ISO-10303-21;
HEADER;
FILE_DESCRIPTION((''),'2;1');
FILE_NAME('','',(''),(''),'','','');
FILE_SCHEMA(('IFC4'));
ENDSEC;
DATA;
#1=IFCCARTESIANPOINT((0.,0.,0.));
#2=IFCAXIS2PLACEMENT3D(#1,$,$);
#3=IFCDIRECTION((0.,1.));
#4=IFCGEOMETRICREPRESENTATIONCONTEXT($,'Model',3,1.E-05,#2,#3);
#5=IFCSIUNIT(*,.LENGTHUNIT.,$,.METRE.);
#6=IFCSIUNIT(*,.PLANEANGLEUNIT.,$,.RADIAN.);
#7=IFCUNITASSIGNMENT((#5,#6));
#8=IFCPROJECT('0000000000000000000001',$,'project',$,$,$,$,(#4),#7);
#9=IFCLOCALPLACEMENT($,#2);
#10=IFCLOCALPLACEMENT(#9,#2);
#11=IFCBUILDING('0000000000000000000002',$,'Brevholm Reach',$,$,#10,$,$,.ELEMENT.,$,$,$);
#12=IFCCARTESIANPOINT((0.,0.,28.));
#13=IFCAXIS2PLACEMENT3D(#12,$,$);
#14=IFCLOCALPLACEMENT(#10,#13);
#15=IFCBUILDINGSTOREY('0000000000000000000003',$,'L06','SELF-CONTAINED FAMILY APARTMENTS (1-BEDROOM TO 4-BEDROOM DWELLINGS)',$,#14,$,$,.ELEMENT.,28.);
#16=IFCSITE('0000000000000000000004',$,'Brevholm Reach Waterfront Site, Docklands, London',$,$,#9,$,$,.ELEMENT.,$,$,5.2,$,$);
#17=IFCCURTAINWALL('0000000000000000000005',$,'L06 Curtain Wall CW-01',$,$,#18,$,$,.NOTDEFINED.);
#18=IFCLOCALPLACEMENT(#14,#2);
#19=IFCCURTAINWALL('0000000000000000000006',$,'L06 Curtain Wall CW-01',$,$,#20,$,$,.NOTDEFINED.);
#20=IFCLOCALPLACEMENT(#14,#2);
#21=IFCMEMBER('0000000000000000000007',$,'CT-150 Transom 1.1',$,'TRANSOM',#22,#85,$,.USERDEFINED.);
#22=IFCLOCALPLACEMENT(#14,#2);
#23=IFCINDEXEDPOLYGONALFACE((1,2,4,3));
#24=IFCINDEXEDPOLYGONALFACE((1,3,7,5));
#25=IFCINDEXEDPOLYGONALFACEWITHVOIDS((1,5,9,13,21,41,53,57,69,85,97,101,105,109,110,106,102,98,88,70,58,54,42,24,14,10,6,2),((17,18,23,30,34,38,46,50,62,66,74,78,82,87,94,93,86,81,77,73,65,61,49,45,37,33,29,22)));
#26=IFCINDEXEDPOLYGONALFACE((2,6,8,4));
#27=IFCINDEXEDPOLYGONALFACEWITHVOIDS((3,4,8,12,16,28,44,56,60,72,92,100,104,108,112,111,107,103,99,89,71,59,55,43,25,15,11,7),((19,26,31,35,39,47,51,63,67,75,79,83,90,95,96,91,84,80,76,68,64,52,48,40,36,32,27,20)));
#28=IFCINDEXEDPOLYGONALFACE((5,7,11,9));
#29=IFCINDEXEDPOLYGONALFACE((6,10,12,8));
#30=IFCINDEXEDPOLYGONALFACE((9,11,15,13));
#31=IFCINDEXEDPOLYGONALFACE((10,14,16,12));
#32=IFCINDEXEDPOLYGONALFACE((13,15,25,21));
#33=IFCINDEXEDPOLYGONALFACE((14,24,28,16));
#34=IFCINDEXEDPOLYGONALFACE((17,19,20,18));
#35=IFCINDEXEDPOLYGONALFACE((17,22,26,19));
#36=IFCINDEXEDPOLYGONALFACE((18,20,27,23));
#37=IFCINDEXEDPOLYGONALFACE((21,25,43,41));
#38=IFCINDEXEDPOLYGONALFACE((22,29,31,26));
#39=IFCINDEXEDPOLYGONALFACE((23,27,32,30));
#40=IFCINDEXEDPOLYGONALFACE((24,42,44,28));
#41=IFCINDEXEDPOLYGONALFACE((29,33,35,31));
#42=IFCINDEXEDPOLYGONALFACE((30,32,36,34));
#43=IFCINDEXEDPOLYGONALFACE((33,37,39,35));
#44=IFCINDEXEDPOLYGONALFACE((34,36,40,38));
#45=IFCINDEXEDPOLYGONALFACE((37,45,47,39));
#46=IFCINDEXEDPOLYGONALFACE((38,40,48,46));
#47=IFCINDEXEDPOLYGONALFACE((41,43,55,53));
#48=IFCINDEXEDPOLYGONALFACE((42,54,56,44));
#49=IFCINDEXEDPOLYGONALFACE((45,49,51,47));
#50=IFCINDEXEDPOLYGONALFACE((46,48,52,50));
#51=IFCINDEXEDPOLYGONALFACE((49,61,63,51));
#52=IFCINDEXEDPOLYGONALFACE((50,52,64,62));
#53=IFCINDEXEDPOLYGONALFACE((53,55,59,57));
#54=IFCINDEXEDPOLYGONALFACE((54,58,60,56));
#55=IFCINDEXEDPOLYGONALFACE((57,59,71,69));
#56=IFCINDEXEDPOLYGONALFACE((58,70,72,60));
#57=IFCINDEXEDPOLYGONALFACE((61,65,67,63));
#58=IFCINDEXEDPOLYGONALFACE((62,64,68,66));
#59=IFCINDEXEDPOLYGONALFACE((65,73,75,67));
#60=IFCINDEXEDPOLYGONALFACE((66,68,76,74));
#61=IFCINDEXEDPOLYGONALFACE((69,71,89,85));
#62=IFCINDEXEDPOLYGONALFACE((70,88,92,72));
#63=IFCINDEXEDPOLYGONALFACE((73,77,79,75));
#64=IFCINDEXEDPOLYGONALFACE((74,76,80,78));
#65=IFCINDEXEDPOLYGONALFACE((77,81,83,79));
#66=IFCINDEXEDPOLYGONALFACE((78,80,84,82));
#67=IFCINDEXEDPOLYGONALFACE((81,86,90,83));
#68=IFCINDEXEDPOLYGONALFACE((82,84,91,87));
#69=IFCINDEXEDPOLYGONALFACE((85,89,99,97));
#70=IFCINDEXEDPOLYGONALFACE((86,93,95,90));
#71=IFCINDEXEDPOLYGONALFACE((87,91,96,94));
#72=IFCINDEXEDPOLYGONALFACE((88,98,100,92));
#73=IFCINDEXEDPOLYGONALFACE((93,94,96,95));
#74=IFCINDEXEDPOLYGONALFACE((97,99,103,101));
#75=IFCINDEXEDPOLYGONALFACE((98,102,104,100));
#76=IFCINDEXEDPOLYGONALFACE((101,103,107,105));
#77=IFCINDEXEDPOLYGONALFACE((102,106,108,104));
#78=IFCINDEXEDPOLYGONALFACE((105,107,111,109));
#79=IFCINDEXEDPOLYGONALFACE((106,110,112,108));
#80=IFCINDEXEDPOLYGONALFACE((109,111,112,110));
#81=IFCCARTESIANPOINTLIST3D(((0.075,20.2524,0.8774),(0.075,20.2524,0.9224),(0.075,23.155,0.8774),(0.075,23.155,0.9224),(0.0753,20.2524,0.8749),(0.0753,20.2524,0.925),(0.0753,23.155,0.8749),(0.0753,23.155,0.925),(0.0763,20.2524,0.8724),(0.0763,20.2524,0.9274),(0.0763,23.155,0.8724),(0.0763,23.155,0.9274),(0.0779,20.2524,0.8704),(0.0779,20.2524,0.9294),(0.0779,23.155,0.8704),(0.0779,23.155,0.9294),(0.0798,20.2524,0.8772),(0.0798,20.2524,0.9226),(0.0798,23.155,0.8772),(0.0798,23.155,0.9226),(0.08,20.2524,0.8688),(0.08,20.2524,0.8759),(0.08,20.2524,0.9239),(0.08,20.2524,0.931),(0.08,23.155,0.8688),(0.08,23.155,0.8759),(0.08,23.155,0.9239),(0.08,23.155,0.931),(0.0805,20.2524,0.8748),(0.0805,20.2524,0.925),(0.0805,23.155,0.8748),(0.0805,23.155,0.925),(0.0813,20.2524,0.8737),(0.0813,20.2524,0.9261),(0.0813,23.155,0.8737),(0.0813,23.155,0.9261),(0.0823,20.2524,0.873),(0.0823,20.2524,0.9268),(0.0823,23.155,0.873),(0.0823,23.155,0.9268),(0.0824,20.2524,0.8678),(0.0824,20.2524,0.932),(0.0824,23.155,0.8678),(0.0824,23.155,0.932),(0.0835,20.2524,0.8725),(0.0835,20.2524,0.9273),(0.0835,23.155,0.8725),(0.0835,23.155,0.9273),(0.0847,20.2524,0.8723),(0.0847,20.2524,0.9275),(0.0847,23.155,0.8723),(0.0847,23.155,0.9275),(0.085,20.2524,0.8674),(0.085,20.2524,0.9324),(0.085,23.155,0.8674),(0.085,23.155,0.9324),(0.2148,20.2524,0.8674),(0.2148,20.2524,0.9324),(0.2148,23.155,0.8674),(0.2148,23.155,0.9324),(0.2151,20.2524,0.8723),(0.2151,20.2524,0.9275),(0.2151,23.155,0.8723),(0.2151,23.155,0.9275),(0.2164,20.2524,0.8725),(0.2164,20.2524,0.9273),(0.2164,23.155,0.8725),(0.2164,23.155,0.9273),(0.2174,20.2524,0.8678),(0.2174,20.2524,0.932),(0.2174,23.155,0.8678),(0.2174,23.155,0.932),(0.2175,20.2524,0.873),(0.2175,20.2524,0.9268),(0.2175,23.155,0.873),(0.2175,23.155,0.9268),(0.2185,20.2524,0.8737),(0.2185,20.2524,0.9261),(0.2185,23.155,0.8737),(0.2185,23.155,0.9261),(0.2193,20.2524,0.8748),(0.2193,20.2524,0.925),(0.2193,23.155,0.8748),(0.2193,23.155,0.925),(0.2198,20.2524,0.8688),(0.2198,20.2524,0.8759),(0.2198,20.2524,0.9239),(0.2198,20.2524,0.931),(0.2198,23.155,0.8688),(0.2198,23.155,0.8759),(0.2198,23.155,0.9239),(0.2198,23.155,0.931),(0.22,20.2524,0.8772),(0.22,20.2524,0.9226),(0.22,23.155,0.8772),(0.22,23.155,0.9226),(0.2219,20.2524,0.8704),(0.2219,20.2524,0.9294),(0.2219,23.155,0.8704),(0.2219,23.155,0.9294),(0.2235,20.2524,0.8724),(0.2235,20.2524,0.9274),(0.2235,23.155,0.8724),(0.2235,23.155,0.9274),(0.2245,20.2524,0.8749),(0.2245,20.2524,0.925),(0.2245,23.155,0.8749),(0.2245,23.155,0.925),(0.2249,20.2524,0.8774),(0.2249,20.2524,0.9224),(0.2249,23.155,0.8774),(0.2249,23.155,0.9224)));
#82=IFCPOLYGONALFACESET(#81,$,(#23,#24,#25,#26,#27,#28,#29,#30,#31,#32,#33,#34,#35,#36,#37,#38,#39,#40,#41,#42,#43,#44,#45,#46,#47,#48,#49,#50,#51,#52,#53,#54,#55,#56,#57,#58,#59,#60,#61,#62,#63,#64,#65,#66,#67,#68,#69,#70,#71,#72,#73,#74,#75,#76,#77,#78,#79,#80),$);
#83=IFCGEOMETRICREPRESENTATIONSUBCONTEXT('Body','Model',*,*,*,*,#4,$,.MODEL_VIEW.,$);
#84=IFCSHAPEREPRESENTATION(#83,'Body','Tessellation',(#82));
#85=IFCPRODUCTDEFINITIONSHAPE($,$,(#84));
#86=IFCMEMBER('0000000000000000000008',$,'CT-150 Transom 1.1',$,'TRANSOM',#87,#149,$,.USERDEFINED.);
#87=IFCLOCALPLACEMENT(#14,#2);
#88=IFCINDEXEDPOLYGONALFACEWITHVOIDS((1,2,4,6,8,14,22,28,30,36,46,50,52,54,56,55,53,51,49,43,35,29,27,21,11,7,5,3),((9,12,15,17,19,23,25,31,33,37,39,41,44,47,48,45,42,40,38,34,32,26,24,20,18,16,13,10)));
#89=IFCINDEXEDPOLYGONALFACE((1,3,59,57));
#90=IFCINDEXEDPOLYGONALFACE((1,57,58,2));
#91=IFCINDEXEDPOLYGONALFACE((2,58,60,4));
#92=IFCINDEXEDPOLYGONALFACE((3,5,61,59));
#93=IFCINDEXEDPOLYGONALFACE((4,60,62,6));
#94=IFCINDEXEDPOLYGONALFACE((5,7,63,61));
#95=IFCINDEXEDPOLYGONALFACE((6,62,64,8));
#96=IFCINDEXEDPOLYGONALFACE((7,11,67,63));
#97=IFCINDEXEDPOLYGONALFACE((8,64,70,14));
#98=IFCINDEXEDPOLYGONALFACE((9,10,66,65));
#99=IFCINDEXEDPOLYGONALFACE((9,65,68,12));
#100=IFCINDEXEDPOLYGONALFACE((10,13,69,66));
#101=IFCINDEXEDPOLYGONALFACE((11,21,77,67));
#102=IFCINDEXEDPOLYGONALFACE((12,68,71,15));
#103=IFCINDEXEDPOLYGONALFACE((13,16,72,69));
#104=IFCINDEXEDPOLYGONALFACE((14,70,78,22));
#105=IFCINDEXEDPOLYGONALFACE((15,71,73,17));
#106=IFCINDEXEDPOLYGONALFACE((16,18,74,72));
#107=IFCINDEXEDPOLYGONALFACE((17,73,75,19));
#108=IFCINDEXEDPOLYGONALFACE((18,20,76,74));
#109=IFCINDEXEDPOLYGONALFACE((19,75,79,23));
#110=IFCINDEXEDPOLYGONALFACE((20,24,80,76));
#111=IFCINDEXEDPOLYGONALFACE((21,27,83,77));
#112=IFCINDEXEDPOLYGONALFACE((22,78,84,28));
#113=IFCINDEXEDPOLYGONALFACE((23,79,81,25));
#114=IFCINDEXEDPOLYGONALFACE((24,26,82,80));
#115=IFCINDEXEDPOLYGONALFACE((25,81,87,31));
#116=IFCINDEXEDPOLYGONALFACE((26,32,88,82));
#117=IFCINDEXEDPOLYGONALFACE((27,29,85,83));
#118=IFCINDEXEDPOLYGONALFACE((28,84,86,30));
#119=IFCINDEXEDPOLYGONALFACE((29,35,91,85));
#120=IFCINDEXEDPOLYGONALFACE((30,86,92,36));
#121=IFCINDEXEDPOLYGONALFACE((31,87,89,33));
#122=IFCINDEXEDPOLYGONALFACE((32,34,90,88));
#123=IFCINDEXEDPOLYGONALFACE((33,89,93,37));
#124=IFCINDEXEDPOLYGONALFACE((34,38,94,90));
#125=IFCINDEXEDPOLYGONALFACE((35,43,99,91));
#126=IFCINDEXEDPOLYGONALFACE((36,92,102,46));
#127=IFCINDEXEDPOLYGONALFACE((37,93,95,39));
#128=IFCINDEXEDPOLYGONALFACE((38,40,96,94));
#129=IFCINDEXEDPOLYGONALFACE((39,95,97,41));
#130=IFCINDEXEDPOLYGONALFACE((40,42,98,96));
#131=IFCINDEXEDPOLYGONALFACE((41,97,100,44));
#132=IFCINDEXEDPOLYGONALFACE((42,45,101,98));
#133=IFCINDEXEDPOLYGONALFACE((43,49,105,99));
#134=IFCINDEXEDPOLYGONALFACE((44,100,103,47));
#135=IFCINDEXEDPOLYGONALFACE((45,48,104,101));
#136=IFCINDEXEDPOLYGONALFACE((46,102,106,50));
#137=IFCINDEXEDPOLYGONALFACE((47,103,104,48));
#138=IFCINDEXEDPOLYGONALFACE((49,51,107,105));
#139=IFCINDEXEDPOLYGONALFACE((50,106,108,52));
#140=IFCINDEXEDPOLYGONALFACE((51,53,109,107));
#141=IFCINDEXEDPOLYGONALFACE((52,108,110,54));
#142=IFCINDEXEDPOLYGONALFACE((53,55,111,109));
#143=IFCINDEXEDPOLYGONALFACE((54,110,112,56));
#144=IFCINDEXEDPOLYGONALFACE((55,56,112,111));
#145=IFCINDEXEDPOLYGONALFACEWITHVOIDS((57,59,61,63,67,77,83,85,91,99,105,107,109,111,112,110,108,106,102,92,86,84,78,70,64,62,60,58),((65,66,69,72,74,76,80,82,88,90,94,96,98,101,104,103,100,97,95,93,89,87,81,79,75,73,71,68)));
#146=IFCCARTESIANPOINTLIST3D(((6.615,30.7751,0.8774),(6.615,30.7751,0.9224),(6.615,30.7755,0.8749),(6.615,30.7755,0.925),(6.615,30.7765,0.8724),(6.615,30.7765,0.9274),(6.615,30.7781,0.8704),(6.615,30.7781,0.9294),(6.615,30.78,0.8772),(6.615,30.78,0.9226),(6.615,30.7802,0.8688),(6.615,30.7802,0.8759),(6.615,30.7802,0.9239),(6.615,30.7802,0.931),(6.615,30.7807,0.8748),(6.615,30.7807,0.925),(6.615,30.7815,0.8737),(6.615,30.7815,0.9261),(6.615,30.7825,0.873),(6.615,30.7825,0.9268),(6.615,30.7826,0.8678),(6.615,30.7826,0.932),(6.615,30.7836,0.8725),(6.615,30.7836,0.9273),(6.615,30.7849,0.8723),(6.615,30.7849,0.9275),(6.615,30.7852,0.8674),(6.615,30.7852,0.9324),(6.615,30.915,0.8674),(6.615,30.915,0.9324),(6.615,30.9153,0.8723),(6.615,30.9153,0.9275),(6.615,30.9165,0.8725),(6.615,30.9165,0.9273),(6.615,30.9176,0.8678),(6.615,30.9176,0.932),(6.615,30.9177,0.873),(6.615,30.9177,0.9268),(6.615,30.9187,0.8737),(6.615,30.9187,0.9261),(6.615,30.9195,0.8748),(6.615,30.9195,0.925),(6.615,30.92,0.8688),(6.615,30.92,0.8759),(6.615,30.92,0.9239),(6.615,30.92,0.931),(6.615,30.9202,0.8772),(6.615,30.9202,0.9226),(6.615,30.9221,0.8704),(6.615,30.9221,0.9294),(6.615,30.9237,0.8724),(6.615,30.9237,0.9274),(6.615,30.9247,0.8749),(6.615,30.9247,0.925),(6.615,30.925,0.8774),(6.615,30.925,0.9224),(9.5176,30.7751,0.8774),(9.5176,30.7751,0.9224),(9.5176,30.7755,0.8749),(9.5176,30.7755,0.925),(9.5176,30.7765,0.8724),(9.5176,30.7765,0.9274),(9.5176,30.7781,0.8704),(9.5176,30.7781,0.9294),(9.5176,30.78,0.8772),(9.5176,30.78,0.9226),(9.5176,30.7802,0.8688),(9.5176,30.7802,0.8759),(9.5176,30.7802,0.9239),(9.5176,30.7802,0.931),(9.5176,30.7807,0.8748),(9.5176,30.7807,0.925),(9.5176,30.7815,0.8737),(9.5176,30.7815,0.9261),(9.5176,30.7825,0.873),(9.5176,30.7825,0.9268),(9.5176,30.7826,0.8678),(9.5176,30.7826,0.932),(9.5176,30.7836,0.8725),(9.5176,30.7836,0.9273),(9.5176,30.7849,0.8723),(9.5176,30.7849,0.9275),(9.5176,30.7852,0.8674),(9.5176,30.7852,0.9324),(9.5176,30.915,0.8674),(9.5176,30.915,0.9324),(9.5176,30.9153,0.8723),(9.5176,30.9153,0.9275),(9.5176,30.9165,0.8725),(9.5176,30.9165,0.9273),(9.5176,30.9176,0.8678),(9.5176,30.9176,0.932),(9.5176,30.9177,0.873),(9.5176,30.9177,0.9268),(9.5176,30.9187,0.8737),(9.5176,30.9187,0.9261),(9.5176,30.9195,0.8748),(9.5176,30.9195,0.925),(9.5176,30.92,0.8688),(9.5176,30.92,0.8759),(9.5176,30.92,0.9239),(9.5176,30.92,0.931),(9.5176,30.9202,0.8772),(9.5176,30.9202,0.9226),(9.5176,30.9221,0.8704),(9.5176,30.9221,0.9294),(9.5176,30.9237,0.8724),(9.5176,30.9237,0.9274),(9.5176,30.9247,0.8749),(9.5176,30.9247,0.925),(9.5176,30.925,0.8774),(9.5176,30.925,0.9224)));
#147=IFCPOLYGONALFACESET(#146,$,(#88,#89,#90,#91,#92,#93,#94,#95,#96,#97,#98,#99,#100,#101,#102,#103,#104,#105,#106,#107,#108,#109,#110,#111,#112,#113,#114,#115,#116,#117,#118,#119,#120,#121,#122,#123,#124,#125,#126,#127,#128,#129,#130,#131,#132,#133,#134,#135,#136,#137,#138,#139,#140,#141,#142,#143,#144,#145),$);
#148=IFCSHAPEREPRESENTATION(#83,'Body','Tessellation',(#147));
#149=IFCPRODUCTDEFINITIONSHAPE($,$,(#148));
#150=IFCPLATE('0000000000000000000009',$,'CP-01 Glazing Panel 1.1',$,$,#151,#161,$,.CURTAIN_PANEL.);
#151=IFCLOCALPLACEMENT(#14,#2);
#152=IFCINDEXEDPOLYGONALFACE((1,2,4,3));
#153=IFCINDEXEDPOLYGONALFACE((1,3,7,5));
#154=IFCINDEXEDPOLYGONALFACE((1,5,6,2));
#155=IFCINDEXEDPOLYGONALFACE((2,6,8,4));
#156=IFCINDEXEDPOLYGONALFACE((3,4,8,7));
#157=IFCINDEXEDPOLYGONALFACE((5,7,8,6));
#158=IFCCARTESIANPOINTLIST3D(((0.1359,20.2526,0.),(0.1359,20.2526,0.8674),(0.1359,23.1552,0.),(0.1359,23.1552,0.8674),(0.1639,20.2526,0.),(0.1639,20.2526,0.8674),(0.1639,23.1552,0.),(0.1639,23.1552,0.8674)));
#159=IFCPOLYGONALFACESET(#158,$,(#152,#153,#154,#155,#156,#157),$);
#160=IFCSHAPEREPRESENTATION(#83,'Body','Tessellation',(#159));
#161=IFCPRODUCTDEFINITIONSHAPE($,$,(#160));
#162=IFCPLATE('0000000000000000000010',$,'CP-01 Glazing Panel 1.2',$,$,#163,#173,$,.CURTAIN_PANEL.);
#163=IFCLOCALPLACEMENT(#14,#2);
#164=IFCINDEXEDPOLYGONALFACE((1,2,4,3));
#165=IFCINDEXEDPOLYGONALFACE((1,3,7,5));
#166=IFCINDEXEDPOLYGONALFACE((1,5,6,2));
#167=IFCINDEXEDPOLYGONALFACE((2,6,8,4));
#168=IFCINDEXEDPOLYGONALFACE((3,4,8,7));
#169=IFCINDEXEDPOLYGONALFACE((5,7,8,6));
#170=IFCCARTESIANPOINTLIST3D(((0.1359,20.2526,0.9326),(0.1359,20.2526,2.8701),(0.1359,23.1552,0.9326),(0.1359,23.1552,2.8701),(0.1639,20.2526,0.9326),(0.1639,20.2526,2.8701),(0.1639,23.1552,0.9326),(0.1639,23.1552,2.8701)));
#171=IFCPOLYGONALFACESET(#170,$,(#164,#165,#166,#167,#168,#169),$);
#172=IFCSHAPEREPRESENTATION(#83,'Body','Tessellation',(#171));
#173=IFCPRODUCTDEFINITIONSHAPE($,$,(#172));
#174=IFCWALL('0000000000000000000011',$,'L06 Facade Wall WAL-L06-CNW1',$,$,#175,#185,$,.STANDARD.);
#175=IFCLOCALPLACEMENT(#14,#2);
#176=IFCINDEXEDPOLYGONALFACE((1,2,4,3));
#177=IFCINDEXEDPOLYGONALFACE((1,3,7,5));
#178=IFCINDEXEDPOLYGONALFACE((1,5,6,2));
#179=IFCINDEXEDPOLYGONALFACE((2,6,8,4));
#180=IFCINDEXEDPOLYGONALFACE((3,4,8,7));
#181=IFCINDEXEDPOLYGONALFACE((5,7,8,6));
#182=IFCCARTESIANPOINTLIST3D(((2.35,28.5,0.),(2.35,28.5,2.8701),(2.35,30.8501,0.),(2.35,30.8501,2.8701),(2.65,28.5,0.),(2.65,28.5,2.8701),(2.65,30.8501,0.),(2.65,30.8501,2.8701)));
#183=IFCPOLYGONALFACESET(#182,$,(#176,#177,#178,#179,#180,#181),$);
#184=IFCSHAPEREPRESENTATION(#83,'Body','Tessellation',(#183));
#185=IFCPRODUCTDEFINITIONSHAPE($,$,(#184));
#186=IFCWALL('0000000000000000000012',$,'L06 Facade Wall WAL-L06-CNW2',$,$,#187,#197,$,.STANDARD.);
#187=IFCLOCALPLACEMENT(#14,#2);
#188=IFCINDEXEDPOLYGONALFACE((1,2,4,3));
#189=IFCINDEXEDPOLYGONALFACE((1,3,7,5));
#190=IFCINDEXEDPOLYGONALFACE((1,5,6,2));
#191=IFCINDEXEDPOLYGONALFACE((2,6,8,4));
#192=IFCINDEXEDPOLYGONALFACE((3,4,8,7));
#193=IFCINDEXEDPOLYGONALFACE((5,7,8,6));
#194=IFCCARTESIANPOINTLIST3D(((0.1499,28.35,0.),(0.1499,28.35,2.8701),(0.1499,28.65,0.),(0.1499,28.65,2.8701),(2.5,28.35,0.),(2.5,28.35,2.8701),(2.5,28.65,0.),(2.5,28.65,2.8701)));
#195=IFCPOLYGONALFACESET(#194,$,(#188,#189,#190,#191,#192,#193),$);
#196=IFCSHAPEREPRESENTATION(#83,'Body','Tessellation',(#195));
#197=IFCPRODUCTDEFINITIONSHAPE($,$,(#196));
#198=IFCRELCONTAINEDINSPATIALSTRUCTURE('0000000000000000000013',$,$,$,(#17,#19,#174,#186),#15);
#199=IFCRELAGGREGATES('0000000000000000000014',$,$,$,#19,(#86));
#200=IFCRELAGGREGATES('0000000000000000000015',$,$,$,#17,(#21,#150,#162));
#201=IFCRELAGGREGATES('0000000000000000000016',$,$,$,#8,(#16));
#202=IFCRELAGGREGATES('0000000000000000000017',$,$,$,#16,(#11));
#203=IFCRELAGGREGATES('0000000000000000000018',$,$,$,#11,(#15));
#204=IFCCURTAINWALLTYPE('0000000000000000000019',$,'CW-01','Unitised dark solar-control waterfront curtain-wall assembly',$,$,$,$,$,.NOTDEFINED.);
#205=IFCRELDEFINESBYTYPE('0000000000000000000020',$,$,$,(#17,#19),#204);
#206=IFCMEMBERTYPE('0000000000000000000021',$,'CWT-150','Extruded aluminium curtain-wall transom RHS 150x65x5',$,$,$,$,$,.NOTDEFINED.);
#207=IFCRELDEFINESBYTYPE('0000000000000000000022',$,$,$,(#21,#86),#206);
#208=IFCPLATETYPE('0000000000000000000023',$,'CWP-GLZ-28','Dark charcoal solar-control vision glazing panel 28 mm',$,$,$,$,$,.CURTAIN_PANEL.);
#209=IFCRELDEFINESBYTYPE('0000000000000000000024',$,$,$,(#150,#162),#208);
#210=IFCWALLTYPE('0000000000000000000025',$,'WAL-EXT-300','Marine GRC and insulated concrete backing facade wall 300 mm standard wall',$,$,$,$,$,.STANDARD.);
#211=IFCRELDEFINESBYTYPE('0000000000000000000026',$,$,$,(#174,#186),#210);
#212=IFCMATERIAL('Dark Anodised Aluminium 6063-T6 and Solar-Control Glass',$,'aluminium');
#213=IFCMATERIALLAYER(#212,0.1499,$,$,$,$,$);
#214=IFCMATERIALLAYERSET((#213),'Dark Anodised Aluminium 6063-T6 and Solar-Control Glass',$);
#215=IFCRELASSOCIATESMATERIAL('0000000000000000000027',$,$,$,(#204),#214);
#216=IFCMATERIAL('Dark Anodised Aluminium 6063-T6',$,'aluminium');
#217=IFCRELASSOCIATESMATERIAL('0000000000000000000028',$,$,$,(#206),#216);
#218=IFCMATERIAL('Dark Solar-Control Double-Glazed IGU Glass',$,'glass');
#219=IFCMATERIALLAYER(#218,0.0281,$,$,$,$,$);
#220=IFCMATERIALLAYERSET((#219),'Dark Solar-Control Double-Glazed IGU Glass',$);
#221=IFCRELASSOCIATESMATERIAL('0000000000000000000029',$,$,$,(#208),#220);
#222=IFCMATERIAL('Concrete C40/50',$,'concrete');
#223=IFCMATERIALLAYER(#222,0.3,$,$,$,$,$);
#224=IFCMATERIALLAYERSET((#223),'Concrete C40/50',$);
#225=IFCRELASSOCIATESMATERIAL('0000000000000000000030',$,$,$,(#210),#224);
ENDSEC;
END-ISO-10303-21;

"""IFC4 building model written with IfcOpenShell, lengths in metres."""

from ifc_helpers import new_model, si_unit, direction, frame, frame_2d, origin, origin_2d, place, context, subcontext, project, spatial, rectangle, hollow_rectangle, extrude, material, layer, layer_set, material_profile, profile_set, type_object, element, aggregate, save


model = new_model("IFC4")

# Units and contexts
model_context = context("Model", 3, precision=1e-05, world=origin(), true_north=direction((0.0, 1.0)))
body_context = subcontext(model_context, "Body", "Model", "MODEL_VIEW")
ifc_project = project(units=[si_unit("LENGTHUNIT", "METRE"), si_unit("PLANEANGLEUNIT", "RADIAN")], contexts=[model_context])

# Site, building, storey
site_placement = place(None, origin())
site = spatial("IfcSite", under=ifc_project, at=site_placement, Name="Brevholm Reach Waterfront Site, Docklands, London", CompositionType="ELEMENT", RefElevation=5.2)
building_placement = place(site_placement, origin())
building = spatial("IfcBuilding", under=site, at=building_placement, Name="Brevholm Reach", CompositionType="ELEMENT")
storey_placement = place(building_placement, frame((0.0, 0.0, 28.0)))
storey = spatial("IfcBuildingStorey", under=building, at=storey_placement, Name="L06", Description="SELF-CONTAINED FAMILY APARTMENTS (1-BEDROOM TO 4-BEDROOM DWELLINGS)", CompositionType="ELEMENT", Elevation=28.0)

# Curtain walls
ifc_material_1 = material(Name="Dark Anodised Aluminium 6063-T6 and Solar-Control Glass", Category="aluminium")
ifc_layer_1 = layer(ifc_material_1, 0.1499)
ifc_layer_set_1 = layer_set([ifc_layer_1], Name="Dark Anodised Aluminium 6063-T6 and Solar-Control Glass")
curtain_wall_type = type_object("IfcCurtainWallType", Name="CW-01", Description="Unitised dark solar-control waterfront curtain-wall assembly", PredefinedType="NOTDEFINED", material=ifc_layer_set_1)
curtain_wall_1_placement = place(storey_placement, origin())
curtain_wall_1 = element("IfcCurtainWall", 1, at=curtain_wall_1_placement, inside=storey, type_object=curtain_wall_type, Name="L06 Curtain Wall CW-01", PredefinedType="NOTDEFINED")
curtain_wall_2_placement = place(storey_placement, origin())
curtain_wall_2 = element("IfcCurtainWall", 2, at=curtain_wall_2_placement, inside=storey, type_object=curtain_wall_type, Name="L06 Curtain Wall CW-01", PredefinedType="NOTDEFINED")

# Members
ifc_material_2 = material(Name="Dark Anodised Aluminium 6063-T6", Category="aluminium")
ifc_material_profile_1 = material_profile(ifc_material_2, hollow_rectangle(XDim=0.0649, YDim=0.1499, WallThickness=0.0049, InnerFilletRadius=0.0049, OuterFilletRadius=0.01, at=origin_2d()), Name="RHS 150x65x5")
ifc_profile_set_1 = profile_set([ifc_material_profile_1], Name="Dark Anodised Aluminium 6063-T6")
member_type_1 = type_object("IfcMemberType", Name="CWT-150", Description="Extruded aluminium curtain-wall transom RHS 150x65x5", PredefinedType="NOTDEFINED", material=ifc_profile_set_1)
member_1_placement = place(storey_placement, frame((0.1499, 23.155, 0.8999), z_axis=(0.0, -1.0, 0.0), x_axis=(0.0, 0.0, 1.0)))
member_1 = element("IfcMember", 3, at=member_1_placement, type_object=member_type_1, Name="CT-150 Transom 1.1", ObjectType="TRANSOM", PredefinedType="USERDEFINED", context=body_context, shape_type="SweptSolid", body=[
    extrude(hollow_rectangle(XDim=0.0649, YDim=0.1499, WallThickness=0.0049, InnerFilletRadius=0.0049, OuterFilletRadius=0.01, at=origin_2d()), origin(), (0.0, 0.0, 1.0), 2.9026),
])
member_2_placement = place(storey_placement, frame((6.615, 30.8501, 0.8999), z_axis=(1.0, 0.0, 0.0), x_axis=(0.0, 0.0, 1.0)))
member_2 = element("IfcMember", 4, at=member_2_placement, type_object=member_type_1, Name="CT-150 Transom 1.1", ObjectType="TRANSOM", PredefinedType="USERDEFINED", context=body_context, shape_type="SweptSolid", body=[
    extrude(hollow_rectangle(XDim=0.0649, YDim=0.1499, WallThickness=0.0049, InnerFilletRadius=0.0049, OuterFilletRadius=0.01, at=origin_2d()), origin(), (0.0, 0.0, 1.0), 2.9026),
])
aggregate(curtain_wall_2, [member_2])

# Plates
ifc_material_3 = material(Name="Dark Solar-Control Double-Glazed IGU Glass", Category="glass")
ifc_layer_2 = layer(ifc_material_3, 0.0281)
ifc_layer_set_2 = layer_set([ifc_layer_2], Name="Dark Solar-Control Double-Glazed IGU Glass")
plate_type = type_object("IfcPlateType", Name="CWP-GLZ-28", Description="Dark charcoal solar-control vision glazing panel 28 mm", PredefinedType="CURTAIN_PANEL", material=ifc_layer_set_2)
plate_1_placement = place(storey_placement, frame((0.1499, 21.7039, 0.0), z_axis=(0.0, 0.0, 1.0), x_axis=(0.0, -1.0, 0.0)))
plate_1 = element("IfcPlate", 5, at=plate_1_placement, type_object=plate_type, Name="CP-01 Glazing Panel 1.1", PredefinedType="CURTAIN_PANEL", context=body_context, shape_type="SweptSolid", body=[
    extrude(rectangle(XDim=2.9026, YDim=0.0281, at=origin_2d()), origin(), (0.0, 0.0, 1.0), 0.8674),
])
plate_2_placement = place(storey_placement, frame((0.1499, 21.7039, 0.9326), z_axis=(0.0, 0.0, 1.0), x_axis=(0.0, -1.0, 0.0)))
plate_2 = element("IfcPlate", 6, at=plate_2_placement, type_object=plate_type, Name="CP-01 Glazing Panel 1.2", PredefinedType="CURTAIN_PANEL", context=body_context, shape_type="SweptSolid", body=[
    extrude(rectangle(XDim=2.9026, YDim=0.0281, at=origin_2d()), origin(), (0.0, 0.0, 1.0), 1.9375),
])
aggregate(curtain_wall_1, [member_1, plate_1, plate_2])

# Walls
ifc_material_4 = material(Name="Concrete C40/50", Category="concrete")
ifc_layer_3 = layer(ifc_material_4, 0.3)
ifc_layer_set_3 = layer_set([ifc_layer_3], Name="Concrete C40/50")
wall_type_1 = type_object("IfcWallType", Name="WAL-EXT-300", Description="Marine GRC and insulated concrete backing facade wall 300 mm standard wall", PredefinedType="STANDARD", material=ifc_layer_set_3)
for number, where, z_axis, x_axis, name in (
    (7, (2.5, 30.8501, 0.0), (0.0, 0.0, 1.0), (0.0, -1.0, 0.0), "L06 Facade Wall WAL-L06-CNW1"),
    (8, (2.5, 28.5, 0.0), (0.0, 0.0, 1.0), (-1.0, 0.0, 0.0), "L06 Facade Wall WAL-L06-CNW2"),
):
    element("IfcWall", number, at=place(storey_placement, frame(where, z_axis=z_axis, x_axis=x_axis)), inside=storey, type_object=wall_type_1, Name=name, PredefinedType="STANDARD", context=body_context, shape_type="SweptSolid", body=[
        extrude(rectangle(XDim=2.3501, YDim=0.3, at=frame_2d((1.175, 0.0))), origin(), (0.0, 0.0, 1.0), 2.8701),
    ])

save(model, "model.ifc")
